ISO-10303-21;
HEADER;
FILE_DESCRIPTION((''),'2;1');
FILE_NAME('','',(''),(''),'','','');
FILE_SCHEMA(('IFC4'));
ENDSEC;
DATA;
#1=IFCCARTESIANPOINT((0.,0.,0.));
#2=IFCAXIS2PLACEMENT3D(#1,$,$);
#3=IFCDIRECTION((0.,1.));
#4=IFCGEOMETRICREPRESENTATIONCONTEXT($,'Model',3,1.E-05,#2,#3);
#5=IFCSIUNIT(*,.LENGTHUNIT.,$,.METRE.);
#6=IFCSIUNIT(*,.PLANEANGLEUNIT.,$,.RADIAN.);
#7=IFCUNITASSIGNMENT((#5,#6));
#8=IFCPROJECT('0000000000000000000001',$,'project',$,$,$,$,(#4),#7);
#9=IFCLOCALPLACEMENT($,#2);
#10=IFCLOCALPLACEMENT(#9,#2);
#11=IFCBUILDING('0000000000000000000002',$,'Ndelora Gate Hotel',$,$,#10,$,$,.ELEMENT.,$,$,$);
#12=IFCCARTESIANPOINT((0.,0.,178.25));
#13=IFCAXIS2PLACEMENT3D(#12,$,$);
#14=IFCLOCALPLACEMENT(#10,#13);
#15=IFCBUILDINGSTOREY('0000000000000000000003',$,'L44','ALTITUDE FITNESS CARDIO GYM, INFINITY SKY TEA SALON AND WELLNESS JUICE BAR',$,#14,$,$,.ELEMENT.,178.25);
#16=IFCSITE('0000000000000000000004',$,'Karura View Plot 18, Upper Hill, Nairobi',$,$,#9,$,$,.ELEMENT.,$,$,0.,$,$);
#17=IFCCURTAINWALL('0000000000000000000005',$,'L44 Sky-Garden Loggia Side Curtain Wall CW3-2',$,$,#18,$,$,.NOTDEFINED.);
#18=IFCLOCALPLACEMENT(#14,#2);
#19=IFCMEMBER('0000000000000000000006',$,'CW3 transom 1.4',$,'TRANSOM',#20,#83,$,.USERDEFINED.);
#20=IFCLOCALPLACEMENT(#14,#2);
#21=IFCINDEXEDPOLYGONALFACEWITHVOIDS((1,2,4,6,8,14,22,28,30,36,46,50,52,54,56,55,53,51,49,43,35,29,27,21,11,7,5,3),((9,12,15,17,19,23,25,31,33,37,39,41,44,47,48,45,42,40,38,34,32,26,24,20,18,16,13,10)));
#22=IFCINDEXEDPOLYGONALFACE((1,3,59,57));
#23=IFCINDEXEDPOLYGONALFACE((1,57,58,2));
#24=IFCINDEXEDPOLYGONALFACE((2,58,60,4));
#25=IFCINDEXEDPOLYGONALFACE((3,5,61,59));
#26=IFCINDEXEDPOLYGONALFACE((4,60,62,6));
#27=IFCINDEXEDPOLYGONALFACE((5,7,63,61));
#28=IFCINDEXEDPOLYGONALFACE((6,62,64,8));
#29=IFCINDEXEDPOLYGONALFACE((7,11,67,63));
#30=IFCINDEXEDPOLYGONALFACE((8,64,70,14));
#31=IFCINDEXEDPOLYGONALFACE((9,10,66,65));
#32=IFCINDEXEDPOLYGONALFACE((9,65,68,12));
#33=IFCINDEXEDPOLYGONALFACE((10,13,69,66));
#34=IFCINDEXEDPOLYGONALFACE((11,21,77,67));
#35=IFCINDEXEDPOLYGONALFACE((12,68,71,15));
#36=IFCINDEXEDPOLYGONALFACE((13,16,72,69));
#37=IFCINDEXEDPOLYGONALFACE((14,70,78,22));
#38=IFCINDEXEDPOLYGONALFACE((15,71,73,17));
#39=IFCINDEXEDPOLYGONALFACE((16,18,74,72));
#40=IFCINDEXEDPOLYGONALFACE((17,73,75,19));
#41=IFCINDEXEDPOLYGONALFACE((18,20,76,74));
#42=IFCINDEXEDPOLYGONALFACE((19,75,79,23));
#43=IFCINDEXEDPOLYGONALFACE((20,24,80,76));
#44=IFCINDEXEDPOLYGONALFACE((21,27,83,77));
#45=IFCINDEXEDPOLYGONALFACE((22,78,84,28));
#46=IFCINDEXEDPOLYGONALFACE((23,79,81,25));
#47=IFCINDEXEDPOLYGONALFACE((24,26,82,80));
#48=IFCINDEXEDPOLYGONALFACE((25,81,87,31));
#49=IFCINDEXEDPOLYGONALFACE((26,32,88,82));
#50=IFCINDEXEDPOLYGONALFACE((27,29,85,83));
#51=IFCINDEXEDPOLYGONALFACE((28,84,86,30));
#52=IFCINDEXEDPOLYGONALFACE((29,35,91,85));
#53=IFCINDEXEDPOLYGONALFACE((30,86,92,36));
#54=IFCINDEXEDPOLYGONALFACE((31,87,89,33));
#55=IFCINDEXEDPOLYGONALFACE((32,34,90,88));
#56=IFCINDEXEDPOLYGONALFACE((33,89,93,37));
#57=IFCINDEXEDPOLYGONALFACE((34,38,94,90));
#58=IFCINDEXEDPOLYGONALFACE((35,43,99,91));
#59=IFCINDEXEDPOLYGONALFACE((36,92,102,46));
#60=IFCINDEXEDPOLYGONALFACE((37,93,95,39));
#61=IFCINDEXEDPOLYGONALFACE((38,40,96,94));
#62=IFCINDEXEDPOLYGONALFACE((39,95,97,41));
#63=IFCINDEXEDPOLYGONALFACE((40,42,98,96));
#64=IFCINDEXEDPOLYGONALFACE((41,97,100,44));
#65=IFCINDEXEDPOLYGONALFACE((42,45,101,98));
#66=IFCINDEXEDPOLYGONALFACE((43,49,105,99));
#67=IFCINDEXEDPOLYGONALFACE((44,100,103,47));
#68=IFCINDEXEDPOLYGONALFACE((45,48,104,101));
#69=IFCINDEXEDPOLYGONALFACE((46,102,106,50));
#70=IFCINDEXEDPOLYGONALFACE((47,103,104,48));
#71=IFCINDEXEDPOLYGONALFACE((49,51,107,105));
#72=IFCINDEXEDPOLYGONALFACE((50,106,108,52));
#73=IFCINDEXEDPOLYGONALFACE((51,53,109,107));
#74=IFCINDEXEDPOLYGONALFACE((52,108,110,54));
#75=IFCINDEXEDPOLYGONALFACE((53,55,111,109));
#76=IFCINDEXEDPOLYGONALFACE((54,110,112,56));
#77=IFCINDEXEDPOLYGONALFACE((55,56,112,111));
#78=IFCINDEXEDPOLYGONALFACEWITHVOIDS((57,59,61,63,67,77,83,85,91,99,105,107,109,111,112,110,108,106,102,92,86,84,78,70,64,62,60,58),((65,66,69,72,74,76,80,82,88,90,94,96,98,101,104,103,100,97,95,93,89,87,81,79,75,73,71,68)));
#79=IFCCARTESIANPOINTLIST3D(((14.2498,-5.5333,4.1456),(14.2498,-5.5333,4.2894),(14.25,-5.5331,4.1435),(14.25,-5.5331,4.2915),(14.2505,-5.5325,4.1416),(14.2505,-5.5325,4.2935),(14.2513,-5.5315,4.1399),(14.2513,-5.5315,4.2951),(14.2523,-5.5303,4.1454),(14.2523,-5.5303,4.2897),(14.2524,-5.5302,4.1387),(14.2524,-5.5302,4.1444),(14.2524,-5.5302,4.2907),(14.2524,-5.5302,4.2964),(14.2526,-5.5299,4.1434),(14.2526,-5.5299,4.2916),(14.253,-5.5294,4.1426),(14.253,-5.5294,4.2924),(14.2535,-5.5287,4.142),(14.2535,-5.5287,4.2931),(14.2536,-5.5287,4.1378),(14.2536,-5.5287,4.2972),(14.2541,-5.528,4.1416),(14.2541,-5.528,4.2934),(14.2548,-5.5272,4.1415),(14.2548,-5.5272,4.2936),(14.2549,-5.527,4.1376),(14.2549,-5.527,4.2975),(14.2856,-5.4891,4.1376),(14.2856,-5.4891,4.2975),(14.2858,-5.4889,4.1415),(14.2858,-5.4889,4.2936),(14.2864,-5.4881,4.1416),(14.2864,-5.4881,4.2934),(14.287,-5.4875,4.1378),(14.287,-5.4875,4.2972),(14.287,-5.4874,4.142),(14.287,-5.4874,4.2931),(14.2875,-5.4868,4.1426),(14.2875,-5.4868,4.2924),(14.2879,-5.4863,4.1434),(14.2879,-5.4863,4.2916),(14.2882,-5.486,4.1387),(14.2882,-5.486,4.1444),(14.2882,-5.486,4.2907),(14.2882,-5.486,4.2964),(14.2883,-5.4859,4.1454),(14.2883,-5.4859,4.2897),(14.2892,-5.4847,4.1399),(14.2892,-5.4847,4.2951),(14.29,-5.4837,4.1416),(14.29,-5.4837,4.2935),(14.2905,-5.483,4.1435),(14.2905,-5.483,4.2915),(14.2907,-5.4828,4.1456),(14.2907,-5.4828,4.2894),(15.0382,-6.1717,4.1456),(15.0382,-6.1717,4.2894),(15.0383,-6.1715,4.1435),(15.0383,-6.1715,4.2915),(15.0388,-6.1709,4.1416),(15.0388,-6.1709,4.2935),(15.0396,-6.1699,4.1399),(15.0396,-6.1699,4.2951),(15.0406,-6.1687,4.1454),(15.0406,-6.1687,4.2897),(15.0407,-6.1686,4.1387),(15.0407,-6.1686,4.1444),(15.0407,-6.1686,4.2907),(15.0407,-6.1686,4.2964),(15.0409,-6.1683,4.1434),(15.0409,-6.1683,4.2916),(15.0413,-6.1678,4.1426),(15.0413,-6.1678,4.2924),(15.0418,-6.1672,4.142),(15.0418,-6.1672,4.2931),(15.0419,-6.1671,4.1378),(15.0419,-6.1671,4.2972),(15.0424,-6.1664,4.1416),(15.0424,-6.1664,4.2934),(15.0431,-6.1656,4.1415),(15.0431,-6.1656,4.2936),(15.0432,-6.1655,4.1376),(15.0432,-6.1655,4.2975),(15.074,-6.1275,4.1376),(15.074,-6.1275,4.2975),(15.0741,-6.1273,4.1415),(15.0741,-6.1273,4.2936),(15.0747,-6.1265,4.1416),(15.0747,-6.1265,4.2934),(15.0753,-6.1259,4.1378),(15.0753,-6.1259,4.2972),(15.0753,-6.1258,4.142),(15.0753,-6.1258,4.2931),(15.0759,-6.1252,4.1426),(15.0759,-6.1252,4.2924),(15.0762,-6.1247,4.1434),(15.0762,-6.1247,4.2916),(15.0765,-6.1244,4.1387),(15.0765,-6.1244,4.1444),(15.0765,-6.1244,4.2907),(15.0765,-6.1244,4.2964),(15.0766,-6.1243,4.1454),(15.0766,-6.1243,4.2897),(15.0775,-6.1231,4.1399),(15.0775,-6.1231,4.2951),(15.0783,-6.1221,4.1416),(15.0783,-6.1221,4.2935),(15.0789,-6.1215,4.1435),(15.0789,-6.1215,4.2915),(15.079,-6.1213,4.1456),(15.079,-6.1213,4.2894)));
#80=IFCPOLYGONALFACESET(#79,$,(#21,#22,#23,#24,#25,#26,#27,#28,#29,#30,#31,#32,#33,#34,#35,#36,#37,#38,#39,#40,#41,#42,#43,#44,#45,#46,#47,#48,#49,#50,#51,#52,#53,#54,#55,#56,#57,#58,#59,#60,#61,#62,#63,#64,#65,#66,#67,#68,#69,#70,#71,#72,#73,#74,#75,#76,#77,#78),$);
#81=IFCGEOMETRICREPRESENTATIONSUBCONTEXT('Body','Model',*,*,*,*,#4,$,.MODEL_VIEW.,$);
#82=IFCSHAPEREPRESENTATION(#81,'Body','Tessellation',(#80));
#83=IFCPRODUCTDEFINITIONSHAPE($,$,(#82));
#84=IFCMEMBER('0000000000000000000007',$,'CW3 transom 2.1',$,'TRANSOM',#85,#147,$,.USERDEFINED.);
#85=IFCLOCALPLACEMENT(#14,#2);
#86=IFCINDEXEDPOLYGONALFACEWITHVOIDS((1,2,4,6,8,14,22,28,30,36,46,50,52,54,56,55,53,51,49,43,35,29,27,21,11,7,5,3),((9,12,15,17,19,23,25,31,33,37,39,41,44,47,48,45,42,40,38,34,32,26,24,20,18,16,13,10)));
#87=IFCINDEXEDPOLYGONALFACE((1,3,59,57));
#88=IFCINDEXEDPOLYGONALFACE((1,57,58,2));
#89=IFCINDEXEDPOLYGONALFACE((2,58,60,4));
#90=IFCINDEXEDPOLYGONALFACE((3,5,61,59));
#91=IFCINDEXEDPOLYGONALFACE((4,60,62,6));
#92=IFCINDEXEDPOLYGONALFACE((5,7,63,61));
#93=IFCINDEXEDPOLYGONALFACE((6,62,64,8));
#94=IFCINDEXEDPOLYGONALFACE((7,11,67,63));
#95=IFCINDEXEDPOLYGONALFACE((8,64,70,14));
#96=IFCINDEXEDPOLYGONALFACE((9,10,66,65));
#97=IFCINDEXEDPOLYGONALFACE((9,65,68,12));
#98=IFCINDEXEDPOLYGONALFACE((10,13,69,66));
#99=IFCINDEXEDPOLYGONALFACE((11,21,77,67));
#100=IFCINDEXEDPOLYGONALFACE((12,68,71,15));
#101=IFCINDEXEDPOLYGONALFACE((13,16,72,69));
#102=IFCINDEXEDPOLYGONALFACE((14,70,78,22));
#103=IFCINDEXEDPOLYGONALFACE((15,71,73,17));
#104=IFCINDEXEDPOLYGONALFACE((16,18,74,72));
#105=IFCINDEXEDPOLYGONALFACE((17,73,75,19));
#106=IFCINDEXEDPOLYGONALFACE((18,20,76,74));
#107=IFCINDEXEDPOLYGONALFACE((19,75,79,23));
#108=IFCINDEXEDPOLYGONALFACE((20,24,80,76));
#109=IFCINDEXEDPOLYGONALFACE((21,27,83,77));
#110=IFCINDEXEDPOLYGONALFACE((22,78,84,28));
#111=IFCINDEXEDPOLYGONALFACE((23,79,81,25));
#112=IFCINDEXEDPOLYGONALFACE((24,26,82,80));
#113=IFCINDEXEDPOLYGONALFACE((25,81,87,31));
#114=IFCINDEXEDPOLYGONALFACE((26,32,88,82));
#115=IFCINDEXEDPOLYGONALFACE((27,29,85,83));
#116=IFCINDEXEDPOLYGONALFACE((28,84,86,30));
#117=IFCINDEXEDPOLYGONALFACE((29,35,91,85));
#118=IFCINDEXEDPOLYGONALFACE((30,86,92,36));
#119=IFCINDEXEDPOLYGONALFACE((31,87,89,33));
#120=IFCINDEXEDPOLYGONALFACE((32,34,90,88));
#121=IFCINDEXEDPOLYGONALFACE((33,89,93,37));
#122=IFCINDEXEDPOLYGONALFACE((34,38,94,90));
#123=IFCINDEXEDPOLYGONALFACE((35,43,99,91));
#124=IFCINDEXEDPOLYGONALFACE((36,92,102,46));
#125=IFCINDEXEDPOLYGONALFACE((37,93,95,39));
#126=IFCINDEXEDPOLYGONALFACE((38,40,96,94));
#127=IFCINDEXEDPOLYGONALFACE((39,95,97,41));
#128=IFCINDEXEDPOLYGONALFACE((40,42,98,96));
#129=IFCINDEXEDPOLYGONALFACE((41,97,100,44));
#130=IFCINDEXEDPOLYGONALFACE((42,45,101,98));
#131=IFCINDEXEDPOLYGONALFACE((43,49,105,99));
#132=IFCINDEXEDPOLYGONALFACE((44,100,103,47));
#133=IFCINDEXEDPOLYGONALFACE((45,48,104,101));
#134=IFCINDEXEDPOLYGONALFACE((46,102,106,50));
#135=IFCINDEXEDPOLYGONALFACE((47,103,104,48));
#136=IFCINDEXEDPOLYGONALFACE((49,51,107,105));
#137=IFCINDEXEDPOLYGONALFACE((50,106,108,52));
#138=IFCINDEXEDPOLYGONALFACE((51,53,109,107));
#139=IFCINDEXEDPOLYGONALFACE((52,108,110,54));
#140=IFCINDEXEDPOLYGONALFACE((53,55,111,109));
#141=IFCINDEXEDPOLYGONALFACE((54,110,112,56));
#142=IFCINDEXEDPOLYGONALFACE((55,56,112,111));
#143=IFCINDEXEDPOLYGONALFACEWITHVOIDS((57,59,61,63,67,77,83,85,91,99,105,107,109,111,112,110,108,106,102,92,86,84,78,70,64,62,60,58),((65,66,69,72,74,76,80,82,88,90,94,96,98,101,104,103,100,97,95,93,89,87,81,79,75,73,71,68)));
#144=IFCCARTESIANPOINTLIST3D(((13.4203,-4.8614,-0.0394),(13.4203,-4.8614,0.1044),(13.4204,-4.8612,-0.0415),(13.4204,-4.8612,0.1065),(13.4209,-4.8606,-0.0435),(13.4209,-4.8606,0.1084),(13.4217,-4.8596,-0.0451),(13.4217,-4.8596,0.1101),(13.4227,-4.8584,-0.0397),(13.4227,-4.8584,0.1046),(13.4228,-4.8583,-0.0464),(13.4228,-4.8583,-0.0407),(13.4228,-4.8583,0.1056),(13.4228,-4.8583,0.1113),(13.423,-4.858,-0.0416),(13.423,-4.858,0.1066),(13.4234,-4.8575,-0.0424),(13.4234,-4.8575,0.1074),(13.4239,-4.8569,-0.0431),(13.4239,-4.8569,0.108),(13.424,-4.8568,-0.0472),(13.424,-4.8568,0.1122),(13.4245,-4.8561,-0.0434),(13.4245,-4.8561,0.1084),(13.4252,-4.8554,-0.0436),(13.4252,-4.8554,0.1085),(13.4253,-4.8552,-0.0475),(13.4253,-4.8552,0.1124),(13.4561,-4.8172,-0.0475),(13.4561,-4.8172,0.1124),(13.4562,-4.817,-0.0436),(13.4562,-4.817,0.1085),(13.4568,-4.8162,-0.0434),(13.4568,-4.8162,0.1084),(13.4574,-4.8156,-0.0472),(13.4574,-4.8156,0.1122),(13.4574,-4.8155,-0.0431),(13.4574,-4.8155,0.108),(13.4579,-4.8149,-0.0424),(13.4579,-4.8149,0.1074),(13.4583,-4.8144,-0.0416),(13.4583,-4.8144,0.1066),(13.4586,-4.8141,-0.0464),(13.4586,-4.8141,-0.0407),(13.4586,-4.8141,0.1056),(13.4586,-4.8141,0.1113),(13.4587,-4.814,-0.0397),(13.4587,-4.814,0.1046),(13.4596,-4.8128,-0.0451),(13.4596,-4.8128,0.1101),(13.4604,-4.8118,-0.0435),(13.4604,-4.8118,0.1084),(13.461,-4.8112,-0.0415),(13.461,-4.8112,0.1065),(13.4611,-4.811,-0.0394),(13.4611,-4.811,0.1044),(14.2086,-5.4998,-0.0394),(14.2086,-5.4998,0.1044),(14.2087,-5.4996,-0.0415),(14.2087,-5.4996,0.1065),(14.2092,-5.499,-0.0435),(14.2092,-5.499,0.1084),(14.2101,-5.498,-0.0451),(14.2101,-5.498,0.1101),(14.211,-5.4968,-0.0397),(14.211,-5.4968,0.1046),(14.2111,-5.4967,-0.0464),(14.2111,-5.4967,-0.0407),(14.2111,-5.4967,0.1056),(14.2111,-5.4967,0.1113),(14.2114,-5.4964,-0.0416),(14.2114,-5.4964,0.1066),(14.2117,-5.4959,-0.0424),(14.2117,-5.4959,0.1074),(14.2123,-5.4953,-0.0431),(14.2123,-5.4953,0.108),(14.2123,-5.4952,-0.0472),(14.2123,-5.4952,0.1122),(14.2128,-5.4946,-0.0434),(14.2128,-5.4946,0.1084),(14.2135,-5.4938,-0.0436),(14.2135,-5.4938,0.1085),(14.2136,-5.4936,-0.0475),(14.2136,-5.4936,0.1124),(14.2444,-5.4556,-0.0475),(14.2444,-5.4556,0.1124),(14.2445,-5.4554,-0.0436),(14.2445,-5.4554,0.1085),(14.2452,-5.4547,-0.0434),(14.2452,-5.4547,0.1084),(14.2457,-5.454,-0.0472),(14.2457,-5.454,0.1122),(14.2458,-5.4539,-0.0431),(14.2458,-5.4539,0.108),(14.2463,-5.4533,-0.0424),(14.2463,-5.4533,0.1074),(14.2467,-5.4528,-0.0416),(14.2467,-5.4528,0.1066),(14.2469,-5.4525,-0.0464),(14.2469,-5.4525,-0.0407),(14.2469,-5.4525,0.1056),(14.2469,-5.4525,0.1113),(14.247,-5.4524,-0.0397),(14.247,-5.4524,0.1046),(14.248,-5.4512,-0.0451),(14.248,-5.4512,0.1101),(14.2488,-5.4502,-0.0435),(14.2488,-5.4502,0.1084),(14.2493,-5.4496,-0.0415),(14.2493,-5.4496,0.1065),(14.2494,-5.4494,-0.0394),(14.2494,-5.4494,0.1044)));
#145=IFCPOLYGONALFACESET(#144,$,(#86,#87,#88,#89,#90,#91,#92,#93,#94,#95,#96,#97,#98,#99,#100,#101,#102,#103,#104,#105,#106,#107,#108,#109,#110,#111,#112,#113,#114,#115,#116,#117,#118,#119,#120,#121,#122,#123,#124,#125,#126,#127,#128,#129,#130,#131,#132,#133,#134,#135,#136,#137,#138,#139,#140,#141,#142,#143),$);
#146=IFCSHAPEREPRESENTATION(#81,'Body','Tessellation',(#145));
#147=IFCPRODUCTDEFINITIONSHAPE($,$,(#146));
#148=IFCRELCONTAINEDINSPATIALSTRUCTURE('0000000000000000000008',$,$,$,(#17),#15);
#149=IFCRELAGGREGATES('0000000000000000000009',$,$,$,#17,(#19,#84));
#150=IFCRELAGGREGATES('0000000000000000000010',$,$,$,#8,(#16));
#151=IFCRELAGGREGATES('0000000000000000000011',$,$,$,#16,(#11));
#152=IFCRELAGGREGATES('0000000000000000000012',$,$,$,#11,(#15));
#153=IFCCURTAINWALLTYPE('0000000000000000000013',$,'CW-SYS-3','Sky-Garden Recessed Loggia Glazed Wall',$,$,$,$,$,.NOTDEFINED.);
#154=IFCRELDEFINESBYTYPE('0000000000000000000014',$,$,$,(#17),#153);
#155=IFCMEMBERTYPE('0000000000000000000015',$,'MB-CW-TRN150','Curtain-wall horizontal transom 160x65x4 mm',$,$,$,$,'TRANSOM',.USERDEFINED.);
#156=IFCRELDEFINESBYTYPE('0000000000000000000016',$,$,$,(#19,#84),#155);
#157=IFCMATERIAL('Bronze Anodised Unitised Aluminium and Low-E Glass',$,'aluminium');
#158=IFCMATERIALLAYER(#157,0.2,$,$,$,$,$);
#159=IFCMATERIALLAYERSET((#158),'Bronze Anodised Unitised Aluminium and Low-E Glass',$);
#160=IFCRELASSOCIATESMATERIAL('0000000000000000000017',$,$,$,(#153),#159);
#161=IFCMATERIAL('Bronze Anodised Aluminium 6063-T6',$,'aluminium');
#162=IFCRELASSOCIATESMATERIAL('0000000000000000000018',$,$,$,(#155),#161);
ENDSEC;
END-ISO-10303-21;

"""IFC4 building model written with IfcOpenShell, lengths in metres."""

from ifc_helpers import new_model, si_unit, direction, frame, origin, origin_2d, place, context, subcontext, project, spatial, hollow_rectangle, extrude, material, layer, layer_set, material_profile, profile_set, type_object, element, aggregate, save


model = new_model("IFC4")

# Units and contexts
model_context = context("Model", 3, precision=1e-05, world=origin(), true_north=direction((0.0, 1.0)))
body_context = subcontext(model_context, "Body", "Model", "MODEL_VIEW")
ifc_project = project(units=[si_unit("LENGTHUNIT", "METRE"), si_unit("PLANEANGLEUNIT", "RADIAN")], contexts=[model_context])

# Site, building, storey
site_placement = place(None, origin())
site = spatial("IfcSite", under=ifc_project, at=site_placement, Name="Karura View Plot 18, Upper Hill, Nairobi", CompositionType="ELEMENT", RefElevation=0.0)
building_placement = place(site_placement, origin())
building = spatial("IfcBuilding", under=site, at=building_placement, Name="Ndelora Gate Hotel", CompositionType="ELEMENT")
storey_placement = place(building_placement, frame((0.0, 0.0, 178.25)))
storey = spatial("IfcBuildingStorey", under=building, at=storey_placement, Name="L44", Description="ALTITUDE FITNESS CARDIO GYM, INFINITY SKY TEA SALON AND WELLNESS JUICE BAR", CompositionType="ELEMENT", Elevation=178.25)

# Curtain wall, members
ifc_material_1 = material(Name="Bronze Anodised Unitised Aluminium and Low-E Glass", Category="aluminium")
ifc_layer_1 = layer(ifc_material_1, 0.2)
ifc_layer_set_1 = layer_set([ifc_layer_1], Name="Bronze Anodised Unitised Aluminium and Low-E Glass")
curtain_wall_type = type_object("IfcCurtainWallType", Name="CW-SYS-3", Description="Sky-Garden Recessed Loggia Glazed Wall", PredefinedType="NOTDEFINED", material=ifc_layer_set_1)
curtain_wall_placement = place(storey_placement, origin())
curtain_wall = element("IfcCurtainWall", 1, at=curtain_wall_placement, inside=storey, type_object=curtain_wall_type, Name="L44 Sky-Garden Loggia Side Curtain Wall CW3-2", PredefinedType="NOTDEFINED")
ifc_material_2 = material(Name="Bronze Anodised Aluminium 6063-T6", Category="aluminium")
ifc_material_profile_1 = material_profile(ifc_material_2, hollow_rectangle(XDim=0.0649, YDim=0.1599, WallThickness=0.0039, InnerFilletRadius=0.0039, OuterFilletRadius=0.0081, at=origin_2d()), Name="ALU 160x65x4")
ifc_profile_set_1 = profile_set([ifc_material_profile_1], Name="Bronze Anodised Aluminium 6063-T6")
member_type_1 = type_object("IfcMemberType", Name="MB-CW-TRN150", Description="Curtain-wall horizontal transom 160x65x4 mm", ElementType="TRANSOM", PredefinedType="USERDEFINED", material=ifc_profile_set_1)
member_1_placement = place(storey_placement, frame((15.0586, -6.1465, 4.2175), z_axis=(-0.777122, 0.629351, 0.0), x_axis=(-0.629351, -0.777122, 0.0)))
member_1 = element("IfcMember", 2, at=member_1_placement, type_object=member_type_1, Name="CW3 transom 1.4", ObjectType="TRANSOM", PredefinedType="USERDEFINED", context=body_context, shape_type="SweptSolid", body=[
    extrude(hollow_rectangle(XDim=0.0649, YDim=0.1599, WallThickness=0.0039, InnerFilletRadius=0.0039, OuterFilletRadius=0.0081, at=origin_2d()), origin(), (0.0, 0.0, 1.0), 1.0144),
])
member_2_placement = place(storey_placement, frame((14.229, -5.4746, 0.0325), z_axis=(-0.777122, 0.629351, 0.0), x_axis=(-0.629351, -0.777122, 0.0)))
member_2 = element("IfcMember", 3, at=member_2_placement, type_object=member_type_1, Name="CW3 transom 2.1", ObjectType="TRANSOM", PredefinedType="USERDEFINED", context=body_context, shape_type="SweptSolid", body=[
    extrude(hollow_rectangle(XDim=0.0649, YDim=0.1599, WallThickness=0.0039, InnerFilletRadius=0.0039, OuterFilletRadius=0.0081, at=origin_2d()), origin(), (0.0, 0.0, 1.0), 1.0144),
])
aggregate(curtain_wall, [member_1, member_2])

save(model, "model.ifc")
